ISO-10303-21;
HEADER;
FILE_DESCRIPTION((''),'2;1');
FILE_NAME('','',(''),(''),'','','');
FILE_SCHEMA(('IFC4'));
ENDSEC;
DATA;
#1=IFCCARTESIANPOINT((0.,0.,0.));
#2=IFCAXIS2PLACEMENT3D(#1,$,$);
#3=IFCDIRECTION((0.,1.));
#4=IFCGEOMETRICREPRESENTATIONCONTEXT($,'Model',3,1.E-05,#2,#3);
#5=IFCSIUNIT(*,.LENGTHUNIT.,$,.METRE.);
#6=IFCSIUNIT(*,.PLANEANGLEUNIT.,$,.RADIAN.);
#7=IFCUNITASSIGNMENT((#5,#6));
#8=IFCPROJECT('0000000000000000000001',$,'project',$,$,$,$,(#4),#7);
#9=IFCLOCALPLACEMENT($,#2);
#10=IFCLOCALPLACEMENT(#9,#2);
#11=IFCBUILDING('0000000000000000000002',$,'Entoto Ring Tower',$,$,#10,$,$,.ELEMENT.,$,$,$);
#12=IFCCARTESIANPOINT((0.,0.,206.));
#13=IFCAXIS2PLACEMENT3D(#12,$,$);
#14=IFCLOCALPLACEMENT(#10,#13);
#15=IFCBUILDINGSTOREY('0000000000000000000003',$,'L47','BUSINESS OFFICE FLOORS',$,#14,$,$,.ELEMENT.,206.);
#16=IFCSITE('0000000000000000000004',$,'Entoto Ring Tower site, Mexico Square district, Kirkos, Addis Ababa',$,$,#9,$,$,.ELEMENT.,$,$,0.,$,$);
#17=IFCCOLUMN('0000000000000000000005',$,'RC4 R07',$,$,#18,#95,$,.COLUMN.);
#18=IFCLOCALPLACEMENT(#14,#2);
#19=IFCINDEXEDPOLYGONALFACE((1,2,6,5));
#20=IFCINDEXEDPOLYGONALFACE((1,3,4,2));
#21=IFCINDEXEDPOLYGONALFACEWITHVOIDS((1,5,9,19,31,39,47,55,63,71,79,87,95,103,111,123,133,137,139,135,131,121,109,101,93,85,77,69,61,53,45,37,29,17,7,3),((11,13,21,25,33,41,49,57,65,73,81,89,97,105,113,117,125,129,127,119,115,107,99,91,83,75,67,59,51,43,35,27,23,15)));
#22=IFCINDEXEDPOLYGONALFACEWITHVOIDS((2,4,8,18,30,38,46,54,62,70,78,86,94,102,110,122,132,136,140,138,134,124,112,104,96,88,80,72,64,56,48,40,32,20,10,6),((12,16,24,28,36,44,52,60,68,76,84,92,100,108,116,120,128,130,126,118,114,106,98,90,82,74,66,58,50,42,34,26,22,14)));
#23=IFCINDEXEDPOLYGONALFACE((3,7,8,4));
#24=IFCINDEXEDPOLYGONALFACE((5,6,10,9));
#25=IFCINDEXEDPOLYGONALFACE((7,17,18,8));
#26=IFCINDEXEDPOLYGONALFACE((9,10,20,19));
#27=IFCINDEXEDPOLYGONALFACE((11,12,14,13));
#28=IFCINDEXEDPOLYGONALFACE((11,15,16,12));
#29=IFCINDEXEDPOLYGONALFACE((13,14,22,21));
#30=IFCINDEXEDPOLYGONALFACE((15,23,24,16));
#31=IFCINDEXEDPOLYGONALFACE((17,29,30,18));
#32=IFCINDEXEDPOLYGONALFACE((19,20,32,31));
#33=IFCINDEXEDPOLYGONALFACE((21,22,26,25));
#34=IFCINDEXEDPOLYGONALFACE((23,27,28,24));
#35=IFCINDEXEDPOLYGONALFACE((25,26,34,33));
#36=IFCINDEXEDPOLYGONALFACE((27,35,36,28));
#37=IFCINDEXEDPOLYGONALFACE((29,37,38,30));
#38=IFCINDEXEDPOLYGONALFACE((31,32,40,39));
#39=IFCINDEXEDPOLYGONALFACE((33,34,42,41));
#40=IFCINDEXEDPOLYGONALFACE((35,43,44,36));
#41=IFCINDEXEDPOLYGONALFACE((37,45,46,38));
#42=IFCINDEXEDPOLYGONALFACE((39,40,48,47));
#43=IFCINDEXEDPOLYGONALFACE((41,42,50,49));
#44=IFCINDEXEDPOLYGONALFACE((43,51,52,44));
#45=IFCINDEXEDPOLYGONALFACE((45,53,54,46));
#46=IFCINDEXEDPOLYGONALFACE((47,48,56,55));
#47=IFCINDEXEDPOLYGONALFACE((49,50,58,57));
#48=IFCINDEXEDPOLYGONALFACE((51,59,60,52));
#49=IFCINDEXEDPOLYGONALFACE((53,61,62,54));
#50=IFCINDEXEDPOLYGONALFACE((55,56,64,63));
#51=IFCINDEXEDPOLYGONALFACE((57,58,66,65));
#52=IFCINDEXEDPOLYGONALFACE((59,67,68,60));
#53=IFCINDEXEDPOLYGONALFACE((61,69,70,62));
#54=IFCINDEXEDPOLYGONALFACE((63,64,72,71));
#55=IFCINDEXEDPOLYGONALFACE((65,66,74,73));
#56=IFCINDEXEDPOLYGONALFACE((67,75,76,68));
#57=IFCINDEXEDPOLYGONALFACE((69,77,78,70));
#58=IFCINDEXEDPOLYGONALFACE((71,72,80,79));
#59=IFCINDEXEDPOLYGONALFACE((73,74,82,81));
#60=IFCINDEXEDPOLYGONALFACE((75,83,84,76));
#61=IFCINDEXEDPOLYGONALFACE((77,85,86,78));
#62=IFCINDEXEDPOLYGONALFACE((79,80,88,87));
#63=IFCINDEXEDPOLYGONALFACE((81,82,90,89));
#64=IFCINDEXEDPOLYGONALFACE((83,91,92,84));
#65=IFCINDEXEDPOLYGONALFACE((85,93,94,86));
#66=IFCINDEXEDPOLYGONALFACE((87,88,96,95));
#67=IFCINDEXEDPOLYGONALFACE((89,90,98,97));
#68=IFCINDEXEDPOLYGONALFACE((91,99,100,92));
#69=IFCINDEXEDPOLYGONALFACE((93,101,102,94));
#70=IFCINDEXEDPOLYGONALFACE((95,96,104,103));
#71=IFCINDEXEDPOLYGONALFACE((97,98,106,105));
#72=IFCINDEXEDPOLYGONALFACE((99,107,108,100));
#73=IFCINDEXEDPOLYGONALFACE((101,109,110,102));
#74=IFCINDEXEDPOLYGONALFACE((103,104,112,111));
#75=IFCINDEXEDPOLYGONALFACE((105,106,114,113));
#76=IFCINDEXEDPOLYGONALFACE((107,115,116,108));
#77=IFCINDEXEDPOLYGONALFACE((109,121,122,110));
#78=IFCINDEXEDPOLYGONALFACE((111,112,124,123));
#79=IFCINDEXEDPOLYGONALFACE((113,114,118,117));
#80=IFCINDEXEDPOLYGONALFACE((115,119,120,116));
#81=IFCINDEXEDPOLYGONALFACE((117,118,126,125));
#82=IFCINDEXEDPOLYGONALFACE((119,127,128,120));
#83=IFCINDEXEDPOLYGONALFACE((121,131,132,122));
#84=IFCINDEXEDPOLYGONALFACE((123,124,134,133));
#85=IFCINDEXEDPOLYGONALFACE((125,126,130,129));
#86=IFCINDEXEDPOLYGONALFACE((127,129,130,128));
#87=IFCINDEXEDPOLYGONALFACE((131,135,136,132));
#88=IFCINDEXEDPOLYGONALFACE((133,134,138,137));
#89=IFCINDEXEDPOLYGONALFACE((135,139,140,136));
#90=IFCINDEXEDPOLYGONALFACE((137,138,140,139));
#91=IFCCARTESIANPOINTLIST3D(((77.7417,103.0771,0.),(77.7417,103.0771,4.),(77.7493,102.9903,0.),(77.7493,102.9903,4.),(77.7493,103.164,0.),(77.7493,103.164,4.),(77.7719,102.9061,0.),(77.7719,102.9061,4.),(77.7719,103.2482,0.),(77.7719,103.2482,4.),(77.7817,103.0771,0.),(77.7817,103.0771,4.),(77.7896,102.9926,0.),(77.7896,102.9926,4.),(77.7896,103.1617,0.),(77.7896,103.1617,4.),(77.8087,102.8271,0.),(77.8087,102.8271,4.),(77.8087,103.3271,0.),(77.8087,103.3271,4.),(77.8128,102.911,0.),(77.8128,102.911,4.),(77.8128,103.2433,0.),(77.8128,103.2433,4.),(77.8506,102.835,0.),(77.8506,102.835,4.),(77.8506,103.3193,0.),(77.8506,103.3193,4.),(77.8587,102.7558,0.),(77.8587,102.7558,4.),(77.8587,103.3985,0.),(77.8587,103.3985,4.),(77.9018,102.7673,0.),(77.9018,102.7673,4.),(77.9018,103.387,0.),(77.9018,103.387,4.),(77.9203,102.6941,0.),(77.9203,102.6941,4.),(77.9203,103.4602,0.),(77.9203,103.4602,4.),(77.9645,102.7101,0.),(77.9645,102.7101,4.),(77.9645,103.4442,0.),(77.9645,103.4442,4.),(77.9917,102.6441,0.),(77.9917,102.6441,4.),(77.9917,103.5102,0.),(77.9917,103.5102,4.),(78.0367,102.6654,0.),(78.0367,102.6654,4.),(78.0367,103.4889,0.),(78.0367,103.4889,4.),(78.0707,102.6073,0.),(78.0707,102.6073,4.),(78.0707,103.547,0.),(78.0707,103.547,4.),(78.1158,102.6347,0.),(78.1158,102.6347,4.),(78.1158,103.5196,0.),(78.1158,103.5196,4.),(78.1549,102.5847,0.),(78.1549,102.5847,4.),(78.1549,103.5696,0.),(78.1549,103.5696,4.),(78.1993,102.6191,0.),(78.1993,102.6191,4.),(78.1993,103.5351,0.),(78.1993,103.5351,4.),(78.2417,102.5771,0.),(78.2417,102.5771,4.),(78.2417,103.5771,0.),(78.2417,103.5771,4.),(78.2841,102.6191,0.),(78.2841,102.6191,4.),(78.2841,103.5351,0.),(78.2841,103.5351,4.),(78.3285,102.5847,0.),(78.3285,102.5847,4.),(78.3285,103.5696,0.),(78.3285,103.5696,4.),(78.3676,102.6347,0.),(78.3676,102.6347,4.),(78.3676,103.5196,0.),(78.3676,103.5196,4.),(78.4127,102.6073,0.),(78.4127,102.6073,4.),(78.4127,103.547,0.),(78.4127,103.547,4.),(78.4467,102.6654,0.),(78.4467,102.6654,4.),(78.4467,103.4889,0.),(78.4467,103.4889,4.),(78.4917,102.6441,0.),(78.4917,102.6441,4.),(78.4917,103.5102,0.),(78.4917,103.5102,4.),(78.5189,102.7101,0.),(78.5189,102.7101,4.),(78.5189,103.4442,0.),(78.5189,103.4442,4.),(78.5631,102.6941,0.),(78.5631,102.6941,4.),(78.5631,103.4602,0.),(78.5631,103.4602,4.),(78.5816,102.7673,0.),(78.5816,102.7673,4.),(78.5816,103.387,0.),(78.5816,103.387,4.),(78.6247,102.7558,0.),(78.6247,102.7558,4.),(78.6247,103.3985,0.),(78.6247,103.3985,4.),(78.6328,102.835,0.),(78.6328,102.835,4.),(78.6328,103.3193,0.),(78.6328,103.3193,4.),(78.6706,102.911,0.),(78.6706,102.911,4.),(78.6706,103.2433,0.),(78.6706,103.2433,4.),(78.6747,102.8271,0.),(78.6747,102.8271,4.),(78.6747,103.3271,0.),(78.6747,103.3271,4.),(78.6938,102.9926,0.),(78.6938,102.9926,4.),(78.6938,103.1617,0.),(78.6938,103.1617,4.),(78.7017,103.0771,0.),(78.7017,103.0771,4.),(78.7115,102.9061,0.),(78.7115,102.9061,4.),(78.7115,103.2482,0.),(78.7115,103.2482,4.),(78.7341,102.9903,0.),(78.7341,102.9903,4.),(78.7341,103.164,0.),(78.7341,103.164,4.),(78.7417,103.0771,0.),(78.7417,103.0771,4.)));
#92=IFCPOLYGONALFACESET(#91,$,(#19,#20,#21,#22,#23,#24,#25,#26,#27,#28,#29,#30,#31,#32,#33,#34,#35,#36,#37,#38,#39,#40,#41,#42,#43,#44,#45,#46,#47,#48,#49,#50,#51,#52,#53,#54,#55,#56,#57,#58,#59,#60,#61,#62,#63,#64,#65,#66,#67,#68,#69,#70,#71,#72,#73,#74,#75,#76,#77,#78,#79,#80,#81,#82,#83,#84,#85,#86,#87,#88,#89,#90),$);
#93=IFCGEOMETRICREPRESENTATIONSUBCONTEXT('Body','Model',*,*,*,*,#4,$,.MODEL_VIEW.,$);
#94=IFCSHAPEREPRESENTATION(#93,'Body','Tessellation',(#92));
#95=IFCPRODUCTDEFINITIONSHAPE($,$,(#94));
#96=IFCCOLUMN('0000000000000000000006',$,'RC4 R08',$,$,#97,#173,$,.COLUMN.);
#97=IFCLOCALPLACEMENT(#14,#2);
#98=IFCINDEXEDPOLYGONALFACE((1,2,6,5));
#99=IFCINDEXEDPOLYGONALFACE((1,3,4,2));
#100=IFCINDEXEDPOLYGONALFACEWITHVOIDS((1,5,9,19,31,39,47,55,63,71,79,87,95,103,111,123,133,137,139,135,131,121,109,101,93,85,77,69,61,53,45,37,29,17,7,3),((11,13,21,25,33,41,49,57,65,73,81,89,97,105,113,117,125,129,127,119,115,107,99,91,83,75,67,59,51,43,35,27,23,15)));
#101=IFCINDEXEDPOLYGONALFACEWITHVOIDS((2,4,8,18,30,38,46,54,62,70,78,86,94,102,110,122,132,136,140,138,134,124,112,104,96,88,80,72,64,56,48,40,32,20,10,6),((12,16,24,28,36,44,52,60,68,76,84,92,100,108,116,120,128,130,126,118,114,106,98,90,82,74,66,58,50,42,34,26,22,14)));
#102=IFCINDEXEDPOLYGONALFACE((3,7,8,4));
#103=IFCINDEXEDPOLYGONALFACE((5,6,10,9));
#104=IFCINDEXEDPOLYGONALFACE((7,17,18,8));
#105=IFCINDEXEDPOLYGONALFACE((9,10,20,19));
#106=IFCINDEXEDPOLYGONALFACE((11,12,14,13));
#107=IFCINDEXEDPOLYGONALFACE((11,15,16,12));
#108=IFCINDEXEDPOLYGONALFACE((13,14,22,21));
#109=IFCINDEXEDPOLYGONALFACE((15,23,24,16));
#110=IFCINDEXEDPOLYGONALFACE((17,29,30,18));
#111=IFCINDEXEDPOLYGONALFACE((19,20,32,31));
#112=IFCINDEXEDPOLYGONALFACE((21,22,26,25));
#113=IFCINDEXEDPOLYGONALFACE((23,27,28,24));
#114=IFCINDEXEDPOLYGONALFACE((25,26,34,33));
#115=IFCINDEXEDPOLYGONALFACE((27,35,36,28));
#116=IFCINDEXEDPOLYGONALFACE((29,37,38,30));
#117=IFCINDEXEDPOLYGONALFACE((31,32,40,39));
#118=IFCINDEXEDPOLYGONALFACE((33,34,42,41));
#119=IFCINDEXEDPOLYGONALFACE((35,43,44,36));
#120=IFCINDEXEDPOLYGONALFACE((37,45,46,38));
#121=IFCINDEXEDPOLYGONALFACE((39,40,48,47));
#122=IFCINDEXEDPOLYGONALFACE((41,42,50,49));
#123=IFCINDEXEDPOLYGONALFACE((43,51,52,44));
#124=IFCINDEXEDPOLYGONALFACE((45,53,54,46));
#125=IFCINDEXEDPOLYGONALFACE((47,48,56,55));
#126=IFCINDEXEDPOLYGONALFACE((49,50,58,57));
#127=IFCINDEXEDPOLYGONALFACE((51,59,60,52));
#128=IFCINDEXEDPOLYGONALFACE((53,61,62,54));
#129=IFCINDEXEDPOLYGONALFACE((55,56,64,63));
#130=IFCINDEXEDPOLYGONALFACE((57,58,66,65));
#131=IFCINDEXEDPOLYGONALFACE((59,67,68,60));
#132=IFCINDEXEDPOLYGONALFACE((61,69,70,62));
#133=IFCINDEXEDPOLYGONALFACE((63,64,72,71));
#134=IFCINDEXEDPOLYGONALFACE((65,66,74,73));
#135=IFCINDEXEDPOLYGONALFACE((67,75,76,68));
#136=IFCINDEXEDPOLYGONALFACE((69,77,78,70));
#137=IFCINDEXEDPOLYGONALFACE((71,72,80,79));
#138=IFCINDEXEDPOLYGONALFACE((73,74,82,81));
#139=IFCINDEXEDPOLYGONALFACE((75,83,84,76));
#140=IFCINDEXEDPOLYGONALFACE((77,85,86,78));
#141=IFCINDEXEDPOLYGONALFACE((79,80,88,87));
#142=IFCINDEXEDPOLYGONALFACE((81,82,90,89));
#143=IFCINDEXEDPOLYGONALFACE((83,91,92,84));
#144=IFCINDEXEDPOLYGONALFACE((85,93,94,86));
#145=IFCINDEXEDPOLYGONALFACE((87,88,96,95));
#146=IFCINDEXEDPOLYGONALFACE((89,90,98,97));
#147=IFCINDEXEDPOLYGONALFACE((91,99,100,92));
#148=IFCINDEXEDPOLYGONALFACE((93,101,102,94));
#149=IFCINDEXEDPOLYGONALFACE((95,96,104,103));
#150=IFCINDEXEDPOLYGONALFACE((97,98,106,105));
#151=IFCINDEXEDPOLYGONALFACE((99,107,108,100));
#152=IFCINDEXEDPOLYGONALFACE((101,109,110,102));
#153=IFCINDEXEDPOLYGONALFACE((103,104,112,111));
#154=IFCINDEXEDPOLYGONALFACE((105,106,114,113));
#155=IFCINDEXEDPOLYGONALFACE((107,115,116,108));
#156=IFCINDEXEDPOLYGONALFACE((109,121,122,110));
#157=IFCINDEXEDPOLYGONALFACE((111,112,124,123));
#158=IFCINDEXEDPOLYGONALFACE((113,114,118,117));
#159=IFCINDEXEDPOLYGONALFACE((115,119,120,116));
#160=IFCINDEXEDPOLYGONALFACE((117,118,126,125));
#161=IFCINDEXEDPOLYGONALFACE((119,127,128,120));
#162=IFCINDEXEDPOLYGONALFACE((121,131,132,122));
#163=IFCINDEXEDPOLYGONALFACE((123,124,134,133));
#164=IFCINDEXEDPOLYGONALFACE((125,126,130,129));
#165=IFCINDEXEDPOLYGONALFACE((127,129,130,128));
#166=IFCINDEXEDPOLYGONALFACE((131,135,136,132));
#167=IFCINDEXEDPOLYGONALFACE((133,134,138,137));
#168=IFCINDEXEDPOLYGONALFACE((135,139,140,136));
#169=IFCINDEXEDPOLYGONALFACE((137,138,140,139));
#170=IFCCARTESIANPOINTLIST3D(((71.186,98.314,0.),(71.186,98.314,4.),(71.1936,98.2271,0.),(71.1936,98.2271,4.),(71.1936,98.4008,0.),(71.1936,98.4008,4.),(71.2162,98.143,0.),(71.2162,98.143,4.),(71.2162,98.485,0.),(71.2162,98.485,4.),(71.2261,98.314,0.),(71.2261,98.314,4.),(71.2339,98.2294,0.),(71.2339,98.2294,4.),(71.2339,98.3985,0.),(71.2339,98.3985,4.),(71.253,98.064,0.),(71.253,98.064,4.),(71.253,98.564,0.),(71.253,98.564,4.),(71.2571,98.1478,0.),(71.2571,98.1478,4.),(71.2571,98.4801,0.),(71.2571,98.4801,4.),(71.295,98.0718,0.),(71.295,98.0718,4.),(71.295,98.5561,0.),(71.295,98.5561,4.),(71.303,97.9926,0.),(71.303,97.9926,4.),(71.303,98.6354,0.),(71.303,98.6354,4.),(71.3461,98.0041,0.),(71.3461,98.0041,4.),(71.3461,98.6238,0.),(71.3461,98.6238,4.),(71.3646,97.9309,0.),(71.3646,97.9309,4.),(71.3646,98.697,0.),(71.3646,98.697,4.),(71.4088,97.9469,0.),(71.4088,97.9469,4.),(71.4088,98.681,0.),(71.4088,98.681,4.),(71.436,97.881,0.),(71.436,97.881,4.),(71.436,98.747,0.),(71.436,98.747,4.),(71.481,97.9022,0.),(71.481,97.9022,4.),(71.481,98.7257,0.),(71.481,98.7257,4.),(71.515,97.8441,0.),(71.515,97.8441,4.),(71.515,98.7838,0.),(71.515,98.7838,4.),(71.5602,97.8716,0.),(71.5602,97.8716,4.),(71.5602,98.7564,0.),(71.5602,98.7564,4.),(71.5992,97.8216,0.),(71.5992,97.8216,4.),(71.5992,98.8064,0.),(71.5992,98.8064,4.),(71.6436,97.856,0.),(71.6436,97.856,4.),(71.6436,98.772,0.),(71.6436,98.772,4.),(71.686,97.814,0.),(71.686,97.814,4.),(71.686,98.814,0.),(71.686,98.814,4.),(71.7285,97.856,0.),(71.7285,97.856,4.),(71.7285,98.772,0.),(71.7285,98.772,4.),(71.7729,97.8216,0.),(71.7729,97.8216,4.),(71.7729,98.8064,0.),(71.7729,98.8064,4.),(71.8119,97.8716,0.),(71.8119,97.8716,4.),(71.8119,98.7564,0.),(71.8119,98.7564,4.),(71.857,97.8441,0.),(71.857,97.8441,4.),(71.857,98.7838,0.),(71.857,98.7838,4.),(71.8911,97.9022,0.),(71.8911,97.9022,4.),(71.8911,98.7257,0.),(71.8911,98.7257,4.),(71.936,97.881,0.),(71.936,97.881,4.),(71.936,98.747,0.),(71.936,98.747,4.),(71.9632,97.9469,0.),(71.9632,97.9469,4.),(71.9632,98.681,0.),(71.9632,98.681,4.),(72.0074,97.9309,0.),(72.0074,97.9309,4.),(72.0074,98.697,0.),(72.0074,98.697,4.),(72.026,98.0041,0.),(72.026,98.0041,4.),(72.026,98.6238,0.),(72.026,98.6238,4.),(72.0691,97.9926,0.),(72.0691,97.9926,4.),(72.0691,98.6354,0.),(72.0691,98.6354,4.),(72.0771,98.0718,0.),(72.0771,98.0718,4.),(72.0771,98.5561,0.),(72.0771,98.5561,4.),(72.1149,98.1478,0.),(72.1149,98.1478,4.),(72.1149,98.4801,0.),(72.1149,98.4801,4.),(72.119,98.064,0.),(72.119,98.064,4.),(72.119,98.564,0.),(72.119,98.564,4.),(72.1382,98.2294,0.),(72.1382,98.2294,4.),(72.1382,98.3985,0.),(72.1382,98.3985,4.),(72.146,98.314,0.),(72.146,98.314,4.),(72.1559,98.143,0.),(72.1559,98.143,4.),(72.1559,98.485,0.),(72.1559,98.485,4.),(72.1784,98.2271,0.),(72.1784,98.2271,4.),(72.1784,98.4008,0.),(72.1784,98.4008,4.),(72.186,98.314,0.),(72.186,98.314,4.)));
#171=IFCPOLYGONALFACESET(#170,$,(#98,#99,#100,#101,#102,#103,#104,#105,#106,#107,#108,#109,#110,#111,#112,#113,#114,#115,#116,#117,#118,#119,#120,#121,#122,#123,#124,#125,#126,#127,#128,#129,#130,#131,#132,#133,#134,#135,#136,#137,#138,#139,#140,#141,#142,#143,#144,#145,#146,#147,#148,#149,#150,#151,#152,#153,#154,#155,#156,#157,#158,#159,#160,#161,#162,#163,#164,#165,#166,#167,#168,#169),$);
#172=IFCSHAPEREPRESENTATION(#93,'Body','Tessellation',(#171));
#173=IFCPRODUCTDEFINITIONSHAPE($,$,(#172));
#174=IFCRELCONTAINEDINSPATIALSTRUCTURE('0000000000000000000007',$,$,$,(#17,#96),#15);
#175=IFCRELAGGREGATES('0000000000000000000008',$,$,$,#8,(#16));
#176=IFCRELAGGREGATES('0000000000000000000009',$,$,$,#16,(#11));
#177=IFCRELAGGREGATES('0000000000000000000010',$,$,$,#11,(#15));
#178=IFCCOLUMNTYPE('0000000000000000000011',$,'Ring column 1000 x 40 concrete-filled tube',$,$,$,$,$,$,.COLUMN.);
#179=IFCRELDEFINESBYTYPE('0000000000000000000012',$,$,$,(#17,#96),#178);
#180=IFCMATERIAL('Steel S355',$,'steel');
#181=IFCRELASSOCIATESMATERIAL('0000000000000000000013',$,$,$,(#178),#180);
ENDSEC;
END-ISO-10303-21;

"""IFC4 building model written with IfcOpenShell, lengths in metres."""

from ifc_helpers import new_model, si_unit, direction, frame, origin, origin_2d, place, context, subcontext, project, spatial, circle, hollow_circle, extrude, material, material_profile, profile_set, type_object, element, save


model = new_model("IFC4")

# Units and contexts
model_context = context("Model", 3, precision=1e-05, world=origin(), true_north=direction((0.0, 1.0)))
body_context = subcontext(model_context, "Body", "Model", "MODEL_VIEW")
ifc_project = project(units=[si_unit("LENGTHUNIT", "METRE"), si_unit("PLANEANGLEUNIT", "RADIAN")], contexts=[model_context])

# Site, building, storey
site_placement = place(None, origin())
site = spatial("IfcSite", under=ifc_project, at=site_placement, Name="Entoto Ring Tower site, Mexico Square district, Kirkos, Addis Ababa", CompositionType="ELEMENT", RefElevation=0.0)
building_placement = place(site_placement, origin())
building = spatial("IfcBuilding", under=site, at=building_placement, Name="Entoto Ring Tower", CompositionType="ELEMENT")
storey_placement = place(building_placement, frame((0.0, 0.0, 206.0)))
storey = spatial("IfcBuildingStorey", under=building, at=storey_placement, Name="L47", Description="BUSINESS OFFICE FLOORS", CompositionType="ELEMENT", Elevation=206.0)

# Columns
ifc_material_1 = material(Name="Steel S355", Category="steel")
ifc_material_profile_1 = material_profile(ifc_material_1, hollow_circle(Radius=0.5, WallThickness=0.04, at=origin_2d()), Name="CHS 1000 x 40")
ifc_material_2 = material(Name="Concrete C60/75", Category="concrete")
ifc_material_profile_2 = material_profile(ifc_material_2, circle(Radius=0.46, at=origin_2d()), Name="Concrete C60/75 infill")
ifc_profile_set_1 = profile_set([ifc_material_profile_1, ifc_material_profile_2], Name="Steel S355")
column_type = type_object("IfcColumnType", Name="Ring column 1000 x 40 concrete-filled tube", PredefinedType="COLUMN", material=ifc_profile_set_1)
for number, where, z_axis, x_axis, name in (
    (1, (78.2417, 103.0771, 0.0), (0.0, 0.0, 1.0), (1.0, 0.0, 0.0), "RC4 R07"),
    (2, (71.686, 98.314, 0.0), (0.0, 0.0, 1.0), (1.0, 0.0, 0.0), "RC4 R08"),
):
    element("IfcColumn", number, at=place(storey_placement, frame(where, z_axis=z_axis, x_axis=x_axis)), inside=storey, type_object=column_type, Name=name, PredefinedType="COLUMN", context=body_context, shape_type="SweptSolid", body=[
        extrude(hollow_circle(Radius=0.5, WallThickness=0.04, at=origin_2d()), origin(), (0.0, 0.0, 1.0), 4.0),
    ])

save(model, "model.ifc")
